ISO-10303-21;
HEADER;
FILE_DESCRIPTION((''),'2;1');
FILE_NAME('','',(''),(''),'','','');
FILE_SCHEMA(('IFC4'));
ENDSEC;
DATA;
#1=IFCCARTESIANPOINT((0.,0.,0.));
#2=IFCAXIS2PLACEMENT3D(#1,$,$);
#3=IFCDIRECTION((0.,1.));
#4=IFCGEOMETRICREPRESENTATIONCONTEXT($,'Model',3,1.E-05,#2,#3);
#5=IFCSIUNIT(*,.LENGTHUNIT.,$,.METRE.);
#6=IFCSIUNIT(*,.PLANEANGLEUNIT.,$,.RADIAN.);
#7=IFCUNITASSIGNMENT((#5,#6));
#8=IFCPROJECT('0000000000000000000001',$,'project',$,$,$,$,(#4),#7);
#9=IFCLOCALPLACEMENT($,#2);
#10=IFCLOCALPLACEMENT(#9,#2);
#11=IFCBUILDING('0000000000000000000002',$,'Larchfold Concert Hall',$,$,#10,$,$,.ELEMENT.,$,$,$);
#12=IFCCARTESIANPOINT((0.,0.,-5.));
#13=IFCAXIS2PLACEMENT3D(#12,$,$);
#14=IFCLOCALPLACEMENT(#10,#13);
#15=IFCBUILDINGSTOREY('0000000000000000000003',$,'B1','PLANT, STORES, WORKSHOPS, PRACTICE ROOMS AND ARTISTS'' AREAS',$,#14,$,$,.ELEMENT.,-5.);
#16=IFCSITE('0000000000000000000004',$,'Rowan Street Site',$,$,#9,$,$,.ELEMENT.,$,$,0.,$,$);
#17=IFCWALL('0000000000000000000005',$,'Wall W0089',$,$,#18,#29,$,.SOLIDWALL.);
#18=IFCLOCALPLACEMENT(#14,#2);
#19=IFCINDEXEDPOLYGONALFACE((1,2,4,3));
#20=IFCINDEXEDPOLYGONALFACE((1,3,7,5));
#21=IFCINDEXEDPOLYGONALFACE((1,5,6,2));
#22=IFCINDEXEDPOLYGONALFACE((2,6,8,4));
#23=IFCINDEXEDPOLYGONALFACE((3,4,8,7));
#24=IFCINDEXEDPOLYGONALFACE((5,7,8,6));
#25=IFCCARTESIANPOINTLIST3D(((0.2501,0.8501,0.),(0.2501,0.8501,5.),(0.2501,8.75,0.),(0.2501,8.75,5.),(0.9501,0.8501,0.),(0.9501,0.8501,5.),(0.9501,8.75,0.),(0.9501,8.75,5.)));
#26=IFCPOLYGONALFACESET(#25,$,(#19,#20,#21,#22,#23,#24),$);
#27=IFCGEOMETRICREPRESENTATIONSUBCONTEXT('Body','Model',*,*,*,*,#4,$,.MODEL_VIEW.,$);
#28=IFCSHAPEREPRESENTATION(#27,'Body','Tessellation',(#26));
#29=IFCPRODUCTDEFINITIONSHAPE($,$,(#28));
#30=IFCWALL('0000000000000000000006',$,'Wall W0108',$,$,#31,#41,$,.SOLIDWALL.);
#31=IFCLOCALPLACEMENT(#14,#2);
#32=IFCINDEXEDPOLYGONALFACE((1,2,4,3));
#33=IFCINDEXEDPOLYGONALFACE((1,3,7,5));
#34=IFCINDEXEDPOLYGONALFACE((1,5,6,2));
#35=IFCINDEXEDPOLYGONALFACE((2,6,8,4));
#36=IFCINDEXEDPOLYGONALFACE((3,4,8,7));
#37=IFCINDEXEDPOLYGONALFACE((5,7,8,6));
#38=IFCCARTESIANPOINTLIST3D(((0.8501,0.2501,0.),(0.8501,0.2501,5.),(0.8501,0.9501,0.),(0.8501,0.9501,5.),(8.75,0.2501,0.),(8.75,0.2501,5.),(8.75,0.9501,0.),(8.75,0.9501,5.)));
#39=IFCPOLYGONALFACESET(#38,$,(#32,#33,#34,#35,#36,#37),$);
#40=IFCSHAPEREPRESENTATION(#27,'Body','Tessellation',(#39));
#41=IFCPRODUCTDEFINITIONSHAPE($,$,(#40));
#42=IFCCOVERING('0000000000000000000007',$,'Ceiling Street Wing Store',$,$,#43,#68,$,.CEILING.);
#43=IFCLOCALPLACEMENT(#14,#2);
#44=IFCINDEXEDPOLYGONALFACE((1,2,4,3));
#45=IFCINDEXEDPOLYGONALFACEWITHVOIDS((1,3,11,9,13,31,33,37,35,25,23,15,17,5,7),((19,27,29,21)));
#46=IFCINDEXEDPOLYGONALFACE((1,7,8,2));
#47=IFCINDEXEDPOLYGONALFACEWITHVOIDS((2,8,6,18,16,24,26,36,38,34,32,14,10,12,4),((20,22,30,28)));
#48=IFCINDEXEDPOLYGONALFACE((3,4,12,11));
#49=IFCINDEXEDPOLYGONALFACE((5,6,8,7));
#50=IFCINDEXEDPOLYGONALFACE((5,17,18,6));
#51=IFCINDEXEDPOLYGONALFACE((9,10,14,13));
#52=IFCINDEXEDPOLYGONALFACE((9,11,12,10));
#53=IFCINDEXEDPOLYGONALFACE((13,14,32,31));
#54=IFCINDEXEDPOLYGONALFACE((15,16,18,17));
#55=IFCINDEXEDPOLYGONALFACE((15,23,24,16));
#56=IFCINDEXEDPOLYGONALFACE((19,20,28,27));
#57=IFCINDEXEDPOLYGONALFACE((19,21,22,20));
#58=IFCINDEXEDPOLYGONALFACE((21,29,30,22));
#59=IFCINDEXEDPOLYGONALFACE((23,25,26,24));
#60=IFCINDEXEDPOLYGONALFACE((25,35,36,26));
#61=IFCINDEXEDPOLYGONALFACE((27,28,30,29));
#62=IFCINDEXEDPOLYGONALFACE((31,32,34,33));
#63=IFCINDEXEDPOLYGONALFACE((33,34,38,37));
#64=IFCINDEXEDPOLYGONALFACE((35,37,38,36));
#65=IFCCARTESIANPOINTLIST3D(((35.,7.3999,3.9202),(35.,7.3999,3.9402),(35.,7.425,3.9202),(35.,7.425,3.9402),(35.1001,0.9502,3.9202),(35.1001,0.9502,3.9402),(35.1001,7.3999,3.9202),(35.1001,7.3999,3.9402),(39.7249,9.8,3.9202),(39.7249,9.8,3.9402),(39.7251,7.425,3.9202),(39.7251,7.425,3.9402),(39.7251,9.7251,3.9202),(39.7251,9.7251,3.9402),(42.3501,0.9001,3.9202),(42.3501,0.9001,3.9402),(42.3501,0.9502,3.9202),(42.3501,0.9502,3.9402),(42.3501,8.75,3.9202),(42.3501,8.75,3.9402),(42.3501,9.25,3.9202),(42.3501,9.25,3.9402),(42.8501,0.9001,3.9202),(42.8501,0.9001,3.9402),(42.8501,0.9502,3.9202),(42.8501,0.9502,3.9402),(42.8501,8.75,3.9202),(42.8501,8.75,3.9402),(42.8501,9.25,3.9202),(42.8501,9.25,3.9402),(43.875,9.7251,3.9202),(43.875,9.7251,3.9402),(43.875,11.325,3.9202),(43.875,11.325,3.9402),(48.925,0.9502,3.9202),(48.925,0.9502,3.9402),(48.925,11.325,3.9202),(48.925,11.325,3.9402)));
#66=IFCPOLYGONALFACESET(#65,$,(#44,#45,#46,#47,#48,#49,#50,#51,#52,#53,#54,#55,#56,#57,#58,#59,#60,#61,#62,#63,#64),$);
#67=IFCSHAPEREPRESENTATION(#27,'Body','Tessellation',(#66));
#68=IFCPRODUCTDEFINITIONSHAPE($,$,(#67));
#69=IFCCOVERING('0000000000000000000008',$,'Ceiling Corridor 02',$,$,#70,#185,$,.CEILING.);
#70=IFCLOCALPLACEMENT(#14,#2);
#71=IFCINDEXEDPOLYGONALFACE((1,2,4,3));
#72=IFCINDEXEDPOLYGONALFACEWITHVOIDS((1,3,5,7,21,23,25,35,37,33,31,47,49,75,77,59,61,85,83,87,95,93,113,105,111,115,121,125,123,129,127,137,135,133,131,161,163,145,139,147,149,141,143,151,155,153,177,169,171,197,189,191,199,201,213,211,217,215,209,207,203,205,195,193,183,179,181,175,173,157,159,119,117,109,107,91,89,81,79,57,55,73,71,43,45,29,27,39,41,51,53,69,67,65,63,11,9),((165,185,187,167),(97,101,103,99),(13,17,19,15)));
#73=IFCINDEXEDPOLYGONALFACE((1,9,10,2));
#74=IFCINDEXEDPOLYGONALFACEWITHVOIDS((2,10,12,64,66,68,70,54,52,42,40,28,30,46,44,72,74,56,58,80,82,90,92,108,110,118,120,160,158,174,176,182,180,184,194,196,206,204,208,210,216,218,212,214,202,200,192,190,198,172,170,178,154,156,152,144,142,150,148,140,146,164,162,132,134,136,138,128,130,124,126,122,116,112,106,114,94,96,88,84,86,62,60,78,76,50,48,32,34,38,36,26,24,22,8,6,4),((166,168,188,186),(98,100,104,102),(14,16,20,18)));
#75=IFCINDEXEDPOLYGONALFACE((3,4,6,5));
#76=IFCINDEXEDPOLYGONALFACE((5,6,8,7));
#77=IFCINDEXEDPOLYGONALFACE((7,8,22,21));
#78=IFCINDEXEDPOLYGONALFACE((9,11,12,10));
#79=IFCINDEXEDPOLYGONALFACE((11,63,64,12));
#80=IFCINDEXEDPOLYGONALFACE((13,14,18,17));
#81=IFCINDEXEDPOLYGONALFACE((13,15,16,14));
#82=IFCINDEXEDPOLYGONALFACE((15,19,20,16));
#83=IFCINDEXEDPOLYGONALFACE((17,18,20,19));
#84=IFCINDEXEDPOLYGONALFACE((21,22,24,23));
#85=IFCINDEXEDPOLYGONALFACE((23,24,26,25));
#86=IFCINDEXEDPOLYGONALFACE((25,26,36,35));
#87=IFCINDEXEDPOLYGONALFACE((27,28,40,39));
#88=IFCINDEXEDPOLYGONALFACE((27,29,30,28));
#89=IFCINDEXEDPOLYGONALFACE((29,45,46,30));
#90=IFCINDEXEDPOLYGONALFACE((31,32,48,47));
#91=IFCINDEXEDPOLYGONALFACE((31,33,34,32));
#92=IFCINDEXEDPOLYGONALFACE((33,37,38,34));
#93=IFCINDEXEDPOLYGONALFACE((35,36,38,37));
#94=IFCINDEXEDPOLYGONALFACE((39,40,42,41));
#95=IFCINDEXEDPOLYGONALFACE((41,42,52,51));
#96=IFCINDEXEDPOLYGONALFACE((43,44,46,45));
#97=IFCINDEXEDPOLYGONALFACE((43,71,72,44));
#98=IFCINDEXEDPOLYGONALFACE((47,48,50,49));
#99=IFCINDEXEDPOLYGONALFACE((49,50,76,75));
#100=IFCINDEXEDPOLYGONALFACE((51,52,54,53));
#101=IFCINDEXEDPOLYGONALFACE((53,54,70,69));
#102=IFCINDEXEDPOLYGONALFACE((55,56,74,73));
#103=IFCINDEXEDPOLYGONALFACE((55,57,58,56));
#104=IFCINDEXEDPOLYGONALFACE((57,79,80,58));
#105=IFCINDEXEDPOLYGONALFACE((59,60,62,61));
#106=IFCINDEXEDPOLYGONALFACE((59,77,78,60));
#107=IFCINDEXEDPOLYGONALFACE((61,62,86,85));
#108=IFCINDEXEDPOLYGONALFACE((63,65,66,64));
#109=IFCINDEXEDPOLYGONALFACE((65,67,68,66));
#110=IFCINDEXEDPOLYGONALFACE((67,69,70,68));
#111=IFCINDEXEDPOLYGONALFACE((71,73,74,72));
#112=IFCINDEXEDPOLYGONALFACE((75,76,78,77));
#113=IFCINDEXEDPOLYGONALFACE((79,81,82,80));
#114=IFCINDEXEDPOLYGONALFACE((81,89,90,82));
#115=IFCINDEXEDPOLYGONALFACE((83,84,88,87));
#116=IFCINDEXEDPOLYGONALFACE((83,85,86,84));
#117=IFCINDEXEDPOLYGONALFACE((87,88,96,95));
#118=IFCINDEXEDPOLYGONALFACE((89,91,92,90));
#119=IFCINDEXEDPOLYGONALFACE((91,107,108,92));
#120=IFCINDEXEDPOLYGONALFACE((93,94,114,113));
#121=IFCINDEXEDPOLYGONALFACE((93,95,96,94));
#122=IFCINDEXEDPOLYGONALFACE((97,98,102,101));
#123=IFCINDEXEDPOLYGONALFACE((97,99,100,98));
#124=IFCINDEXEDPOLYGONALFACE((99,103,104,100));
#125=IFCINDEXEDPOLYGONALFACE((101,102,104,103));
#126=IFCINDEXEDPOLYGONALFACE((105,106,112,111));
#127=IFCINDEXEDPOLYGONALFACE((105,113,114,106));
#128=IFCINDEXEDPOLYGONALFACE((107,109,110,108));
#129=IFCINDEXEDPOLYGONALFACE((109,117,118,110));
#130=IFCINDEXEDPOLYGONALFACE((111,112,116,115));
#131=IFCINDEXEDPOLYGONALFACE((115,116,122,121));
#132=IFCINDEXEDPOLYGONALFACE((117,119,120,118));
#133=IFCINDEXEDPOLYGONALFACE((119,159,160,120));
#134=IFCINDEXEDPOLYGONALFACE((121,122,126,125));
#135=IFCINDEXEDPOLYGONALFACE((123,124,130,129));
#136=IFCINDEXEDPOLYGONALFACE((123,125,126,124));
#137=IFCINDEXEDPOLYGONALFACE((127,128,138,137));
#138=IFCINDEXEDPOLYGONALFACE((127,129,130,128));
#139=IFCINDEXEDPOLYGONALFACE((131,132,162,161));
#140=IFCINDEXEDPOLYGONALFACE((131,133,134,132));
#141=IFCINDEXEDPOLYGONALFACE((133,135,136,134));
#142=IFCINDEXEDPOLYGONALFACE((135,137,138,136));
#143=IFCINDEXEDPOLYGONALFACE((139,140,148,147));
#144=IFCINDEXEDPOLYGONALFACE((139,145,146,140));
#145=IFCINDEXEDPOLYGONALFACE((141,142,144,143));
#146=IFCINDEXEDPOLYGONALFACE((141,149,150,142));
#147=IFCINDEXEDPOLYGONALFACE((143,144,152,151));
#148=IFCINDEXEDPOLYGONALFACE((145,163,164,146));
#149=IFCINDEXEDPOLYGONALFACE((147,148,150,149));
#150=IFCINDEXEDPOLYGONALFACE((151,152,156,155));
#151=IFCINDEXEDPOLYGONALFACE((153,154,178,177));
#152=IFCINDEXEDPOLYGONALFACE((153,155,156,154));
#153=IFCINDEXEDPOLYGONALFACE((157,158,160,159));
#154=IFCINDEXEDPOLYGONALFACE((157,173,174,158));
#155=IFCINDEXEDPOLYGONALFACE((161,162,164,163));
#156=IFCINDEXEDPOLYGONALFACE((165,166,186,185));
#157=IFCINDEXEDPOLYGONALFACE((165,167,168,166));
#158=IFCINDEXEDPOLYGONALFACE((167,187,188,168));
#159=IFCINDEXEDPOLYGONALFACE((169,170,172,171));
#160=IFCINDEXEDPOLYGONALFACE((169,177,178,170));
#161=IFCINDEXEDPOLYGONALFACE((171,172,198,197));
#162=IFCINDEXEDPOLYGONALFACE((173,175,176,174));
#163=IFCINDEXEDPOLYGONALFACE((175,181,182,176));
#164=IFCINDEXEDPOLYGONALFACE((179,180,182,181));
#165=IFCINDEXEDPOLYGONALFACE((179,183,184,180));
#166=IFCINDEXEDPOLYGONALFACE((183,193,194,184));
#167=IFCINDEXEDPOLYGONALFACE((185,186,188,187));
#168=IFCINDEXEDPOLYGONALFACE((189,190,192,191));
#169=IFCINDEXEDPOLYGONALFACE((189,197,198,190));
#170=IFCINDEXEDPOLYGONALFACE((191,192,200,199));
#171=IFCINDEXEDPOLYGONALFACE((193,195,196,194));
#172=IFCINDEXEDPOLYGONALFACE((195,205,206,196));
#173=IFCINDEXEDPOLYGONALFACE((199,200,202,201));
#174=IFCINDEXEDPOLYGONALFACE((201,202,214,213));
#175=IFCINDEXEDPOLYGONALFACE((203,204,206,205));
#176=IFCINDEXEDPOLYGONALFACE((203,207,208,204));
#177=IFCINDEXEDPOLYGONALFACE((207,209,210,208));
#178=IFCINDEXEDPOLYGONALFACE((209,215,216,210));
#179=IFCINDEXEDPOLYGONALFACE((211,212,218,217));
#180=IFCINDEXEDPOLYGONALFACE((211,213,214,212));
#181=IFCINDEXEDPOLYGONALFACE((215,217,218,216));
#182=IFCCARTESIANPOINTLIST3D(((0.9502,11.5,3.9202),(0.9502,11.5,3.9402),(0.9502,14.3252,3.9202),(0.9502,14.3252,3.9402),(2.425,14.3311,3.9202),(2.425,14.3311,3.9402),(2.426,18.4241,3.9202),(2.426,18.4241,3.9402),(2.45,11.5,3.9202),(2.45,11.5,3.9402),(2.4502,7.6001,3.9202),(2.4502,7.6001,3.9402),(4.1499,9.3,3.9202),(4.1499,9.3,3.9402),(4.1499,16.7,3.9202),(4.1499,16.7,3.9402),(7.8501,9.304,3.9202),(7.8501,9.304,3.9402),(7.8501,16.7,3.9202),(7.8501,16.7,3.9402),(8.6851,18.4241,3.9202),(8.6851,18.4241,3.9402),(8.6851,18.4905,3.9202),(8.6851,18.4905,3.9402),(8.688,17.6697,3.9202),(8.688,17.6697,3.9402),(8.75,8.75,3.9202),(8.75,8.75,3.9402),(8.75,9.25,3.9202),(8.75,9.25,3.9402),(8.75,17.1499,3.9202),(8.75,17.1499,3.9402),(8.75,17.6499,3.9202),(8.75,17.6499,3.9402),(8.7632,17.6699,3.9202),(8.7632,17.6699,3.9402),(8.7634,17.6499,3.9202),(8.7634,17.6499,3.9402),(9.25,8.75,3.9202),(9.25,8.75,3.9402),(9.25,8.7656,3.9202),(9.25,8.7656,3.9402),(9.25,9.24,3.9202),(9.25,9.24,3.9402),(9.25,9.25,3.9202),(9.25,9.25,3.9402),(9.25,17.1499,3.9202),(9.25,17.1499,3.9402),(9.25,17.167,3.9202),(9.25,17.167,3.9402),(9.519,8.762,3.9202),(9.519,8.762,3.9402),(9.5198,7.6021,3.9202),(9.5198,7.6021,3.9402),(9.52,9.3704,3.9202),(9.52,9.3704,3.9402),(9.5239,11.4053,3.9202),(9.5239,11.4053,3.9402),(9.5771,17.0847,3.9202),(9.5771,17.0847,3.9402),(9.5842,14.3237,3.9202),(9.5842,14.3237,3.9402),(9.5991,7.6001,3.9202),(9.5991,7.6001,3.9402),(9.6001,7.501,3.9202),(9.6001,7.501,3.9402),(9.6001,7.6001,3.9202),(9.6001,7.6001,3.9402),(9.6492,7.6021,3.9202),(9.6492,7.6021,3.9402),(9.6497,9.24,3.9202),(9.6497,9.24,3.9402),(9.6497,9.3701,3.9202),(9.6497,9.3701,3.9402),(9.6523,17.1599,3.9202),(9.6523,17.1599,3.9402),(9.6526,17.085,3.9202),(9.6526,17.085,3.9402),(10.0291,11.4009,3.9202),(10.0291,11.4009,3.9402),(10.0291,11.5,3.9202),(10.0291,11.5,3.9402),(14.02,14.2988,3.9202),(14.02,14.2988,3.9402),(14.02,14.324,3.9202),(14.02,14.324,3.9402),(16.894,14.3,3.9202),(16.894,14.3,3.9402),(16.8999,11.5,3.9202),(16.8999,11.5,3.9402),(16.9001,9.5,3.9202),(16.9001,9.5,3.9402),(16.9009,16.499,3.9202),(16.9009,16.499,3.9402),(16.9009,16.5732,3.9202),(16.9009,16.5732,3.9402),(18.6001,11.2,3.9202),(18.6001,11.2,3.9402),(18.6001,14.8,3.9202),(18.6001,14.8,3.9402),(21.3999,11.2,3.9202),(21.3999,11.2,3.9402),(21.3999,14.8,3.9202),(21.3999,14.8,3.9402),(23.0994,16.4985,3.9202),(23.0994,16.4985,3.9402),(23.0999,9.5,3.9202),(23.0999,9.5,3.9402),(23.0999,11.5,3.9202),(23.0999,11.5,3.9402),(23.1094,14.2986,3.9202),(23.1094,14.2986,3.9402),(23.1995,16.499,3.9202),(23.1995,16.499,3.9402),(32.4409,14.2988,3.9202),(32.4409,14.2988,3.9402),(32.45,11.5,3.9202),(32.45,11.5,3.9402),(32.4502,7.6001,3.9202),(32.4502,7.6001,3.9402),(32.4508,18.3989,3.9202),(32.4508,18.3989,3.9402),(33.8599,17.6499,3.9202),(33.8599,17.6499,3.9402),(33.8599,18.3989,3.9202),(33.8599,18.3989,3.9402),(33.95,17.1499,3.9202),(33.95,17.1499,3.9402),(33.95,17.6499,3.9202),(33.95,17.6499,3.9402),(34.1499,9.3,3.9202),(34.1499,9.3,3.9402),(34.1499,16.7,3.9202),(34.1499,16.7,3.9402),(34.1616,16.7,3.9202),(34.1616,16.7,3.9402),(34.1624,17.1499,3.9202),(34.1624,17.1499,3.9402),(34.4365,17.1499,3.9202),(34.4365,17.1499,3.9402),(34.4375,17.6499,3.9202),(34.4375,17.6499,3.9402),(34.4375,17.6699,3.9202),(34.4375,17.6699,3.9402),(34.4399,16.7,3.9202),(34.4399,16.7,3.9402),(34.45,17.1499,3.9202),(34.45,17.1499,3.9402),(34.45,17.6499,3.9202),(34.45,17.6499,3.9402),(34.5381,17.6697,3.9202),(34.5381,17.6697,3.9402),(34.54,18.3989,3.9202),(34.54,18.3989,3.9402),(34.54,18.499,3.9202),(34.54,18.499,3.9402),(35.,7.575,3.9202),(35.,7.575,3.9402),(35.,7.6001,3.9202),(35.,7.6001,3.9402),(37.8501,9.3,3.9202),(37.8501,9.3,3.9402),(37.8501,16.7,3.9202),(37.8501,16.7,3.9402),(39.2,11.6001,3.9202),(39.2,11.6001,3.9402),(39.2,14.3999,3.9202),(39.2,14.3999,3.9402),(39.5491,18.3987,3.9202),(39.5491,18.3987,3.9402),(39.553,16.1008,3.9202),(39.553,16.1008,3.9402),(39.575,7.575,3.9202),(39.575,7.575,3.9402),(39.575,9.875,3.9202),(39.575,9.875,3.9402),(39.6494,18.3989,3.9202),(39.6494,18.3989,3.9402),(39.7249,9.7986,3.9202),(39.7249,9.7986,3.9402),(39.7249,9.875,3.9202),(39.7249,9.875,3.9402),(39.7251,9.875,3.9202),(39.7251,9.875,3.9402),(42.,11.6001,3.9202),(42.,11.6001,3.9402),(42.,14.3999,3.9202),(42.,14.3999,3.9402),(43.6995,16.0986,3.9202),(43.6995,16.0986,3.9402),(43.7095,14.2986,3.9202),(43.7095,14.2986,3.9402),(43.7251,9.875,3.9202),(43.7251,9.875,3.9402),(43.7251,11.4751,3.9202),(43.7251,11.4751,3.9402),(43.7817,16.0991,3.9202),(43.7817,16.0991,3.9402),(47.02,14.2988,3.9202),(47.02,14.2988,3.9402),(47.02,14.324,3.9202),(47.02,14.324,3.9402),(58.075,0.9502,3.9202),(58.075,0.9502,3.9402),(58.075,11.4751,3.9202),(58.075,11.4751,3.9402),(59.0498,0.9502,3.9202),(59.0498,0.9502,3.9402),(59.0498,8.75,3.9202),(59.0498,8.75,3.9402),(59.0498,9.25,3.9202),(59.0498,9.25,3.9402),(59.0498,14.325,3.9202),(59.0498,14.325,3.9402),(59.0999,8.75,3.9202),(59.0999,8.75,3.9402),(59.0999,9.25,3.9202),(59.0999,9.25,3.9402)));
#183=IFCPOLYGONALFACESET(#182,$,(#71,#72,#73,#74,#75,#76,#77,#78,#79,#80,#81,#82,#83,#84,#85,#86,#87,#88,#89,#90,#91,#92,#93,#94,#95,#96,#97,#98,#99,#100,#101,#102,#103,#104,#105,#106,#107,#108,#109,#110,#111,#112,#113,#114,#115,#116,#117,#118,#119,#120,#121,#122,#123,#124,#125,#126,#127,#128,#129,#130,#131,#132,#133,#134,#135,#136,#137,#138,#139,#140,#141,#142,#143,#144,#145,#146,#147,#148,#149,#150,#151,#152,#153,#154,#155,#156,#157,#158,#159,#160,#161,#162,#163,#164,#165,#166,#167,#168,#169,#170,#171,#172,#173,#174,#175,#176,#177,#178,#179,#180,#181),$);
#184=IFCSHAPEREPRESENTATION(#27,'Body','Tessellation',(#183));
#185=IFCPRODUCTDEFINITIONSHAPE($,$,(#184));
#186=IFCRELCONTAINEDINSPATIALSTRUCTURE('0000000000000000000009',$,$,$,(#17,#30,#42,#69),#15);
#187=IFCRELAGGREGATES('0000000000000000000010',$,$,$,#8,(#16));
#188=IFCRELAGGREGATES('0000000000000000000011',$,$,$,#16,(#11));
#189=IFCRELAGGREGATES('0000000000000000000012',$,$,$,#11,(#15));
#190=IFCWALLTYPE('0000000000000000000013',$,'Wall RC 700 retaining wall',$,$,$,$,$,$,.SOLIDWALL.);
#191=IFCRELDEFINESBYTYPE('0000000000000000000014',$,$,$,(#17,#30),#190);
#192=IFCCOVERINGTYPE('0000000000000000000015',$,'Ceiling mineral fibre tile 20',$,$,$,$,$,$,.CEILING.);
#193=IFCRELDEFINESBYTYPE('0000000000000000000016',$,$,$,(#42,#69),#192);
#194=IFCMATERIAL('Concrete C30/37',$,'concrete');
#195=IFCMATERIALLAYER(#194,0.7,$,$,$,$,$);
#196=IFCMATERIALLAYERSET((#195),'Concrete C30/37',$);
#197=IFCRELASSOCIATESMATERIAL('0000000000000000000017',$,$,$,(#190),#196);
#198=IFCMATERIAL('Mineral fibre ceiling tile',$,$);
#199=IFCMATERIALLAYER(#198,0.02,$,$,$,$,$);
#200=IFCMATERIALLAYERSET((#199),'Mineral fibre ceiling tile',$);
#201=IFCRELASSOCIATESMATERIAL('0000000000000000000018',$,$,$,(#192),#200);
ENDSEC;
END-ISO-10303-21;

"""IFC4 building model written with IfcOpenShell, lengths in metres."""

from ifc_helpers import new_model, si_unit, direction, frame, frame_2d, origin, place, context, subcontext, project, spatial, polyline, rectangle, outline, extrude, material, layer, layer_set, type_object, element, save


model = new_model("IFC4")

# Units and contexts
model_context = context("Model", 3, precision=1e-05, world=origin(), true_north=direction((0.0, 1.0)))
body_context = subcontext(model_context, "Body", "Model", "MODEL_VIEW")
ifc_project = project(units=[si_unit("LENGTHUNIT", "METRE"), si_unit("PLANEANGLEUNIT", "RADIAN")], contexts=[model_context])

# Site, building, storey
site_placement = place(None, origin())
site = spatial("IfcSite", under=ifc_project, at=site_placement, Name="Rowan Street Site", CompositionType="ELEMENT", RefElevation=0.0)
building_placement = place(site_placement, origin())
building = spatial("IfcBuilding", under=site, at=building_placement, Name="Larchfold Concert Hall", CompositionType="ELEMENT")
storey_placement = place(building_placement, frame((0.0, 0.0, -5.0)))
storey = spatial("IfcBuildingStorey", under=building, at=storey_placement, Name="B1", Description="PLANT, STORES, WORKSHOPS, PRACTICE ROOMS AND ARTISTS' AREAS", CompositionType="ELEMENT", Elevation=-5.0)

# Walls
ifc_material_1 = material(Name="Concrete C30/37", Category="concrete")
ifc_layer_1 = layer(ifc_material_1, 0.7)
ifc_layer_set_1 = layer_set([ifc_layer_1], Name="Concrete C30/37")
wall_type_1 = type_object("IfcWallType", Name="Wall RC 700 retaining wall", PredefinedType="SOLIDWALL", material=ifc_layer_set_1)
for number, where, z_axis, x_axis, name in (
    (1, (0.6001, 0.8501, 0.0), (0.0, 0.0, 1.0), (0.0, 1.0, 0.0), "Wall W0089"),
    (2, (8.75, 0.6001, 0.0), (0.0, 0.0, 1.0), (-1.0, 0.0, 0.0), "Wall W0108"),
):
    element("IfcWall", number, at=place(storey_placement, frame(where, z_axis=z_axis, x_axis=x_axis)), inside=storey, type_object=wall_type_1, Name=name, PredefinedType="SOLIDWALL", context=body_context, shape_type="SweptSolid", body=[
        extrude(rectangle(XDim=7.8999, YDim=0.7, at=frame_2d((3.95, 0.0))), origin(), (0.0, 0.0, 1.0), 5.0),
    ])

# Coverings
ifc_material_2 = material(Name="Mineral fibre ceiling tile")
ifc_layer_2 = layer(ifc_material_2, 0.02)
ifc_layer_set_2 = layer_set([ifc_layer_2], Name="Mineral fibre ceiling tile")
covering_type_1 = type_object("IfcCoveringType", Name="Ceiling mineral fibre tile 20", PredefinedType="CEILING", material=ifc_layer_set_2)
covering_1_placement = place(storey_placement, frame((0.0, 0.0, 3.9202)))
element("IfcCovering", 3, at=covering_1_placement, inside=storey, type_object=covering_type_1, Name="Ceiling Street Wing Store", PredefinedType="CEILING", context=body_context, shape_type="SweptSolid", body=[
    extrude(outline(polyline([(39.7249, 9.8), (39.7251, 7.425), (35.0, 7.425), (35.0, 7.3999), (35.1001, 7.3999), (35.1001, 0.9502), (42.3501, 0.9502), (42.3501, 0.9001), (42.8501, 0.9001), (42.8501, 0.9502), (48.925, 0.9502), (48.925, 11.325), (43.875, 11.325), (43.875, 9.7251), (39.7251, 9.7251), (39.7249, 9.8)]), holes=[polyline([(42.8501, 9.25), (42.8501, 8.75), (42.3501, 8.75), (42.3501, 9.25), (42.8501, 9.25)])]), origin(), (0.0, 0.0, 1.0), 0.02),
])
covering_2_placement = place(storey_placement, frame((0.0, 0.0, 3.9202)))
element("IfcCovering", 4, at=covering_2_placement, inside=storey, type_object=covering_type_1, Name="Ceiling Corridor 02", PredefinedType="CEILING", context=body_context, shape_type="SweptSolid", body=[
    extrude(outline(polyline([(0.9502, 14.3252), (0.9502, 11.5), (2.45, 11.5), (2.4502, 7.6001), (9.5991, 7.6001), (9.6001, 7.501), (9.6001, 7.6001), (9.6492, 7.6021), (9.5198, 7.6021), (9.519, 8.762), (9.25, 8.7656), (9.25, 8.75), (8.75, 8.75), (8.75, 9.25), (9.25, 9.25), (9.25, 9.24), (9.6497, 9.24), (9.6497, 9.3701), (9.52, 9.3704), (9.5239, 11.4053), (10.0291, 11.4009), (10.0291, 11.5), (16.8999, 11.5), (16.9001, 9.5), (23.0999, 9.5), (23.0999, 11.5), (32.45, 11.5), (32.4502, 7.6001), (35.0, 7.6001), (35.0, 7.575), (39.575, 7.575), (39.575, 9.875), (39.7249, 9.875), (39.7249, 9.7986), (39.7251, 9.875), (43.7251, 9.875), (43.7251, 11.4751), (58.075, 11.4751), (58.075, 0.9502), (59.0498, 0.9502), (59.0498, 8.75), (59.0999, 8.75), (59.0999, 9.25), (59.0498, 9.25), (59.0498, 14.325), (47.02, 14.324), (47.02, 14.2988), (43.7095, 14.2986), (43.6995, 16.0986), (43.7817, 16.0991), (39.553, 16.1008), (39.5491, 18.3987), (39.6494, 18.3989), (34.54, 18.3989), (34.54, 18.499), (34.5381, 17.6697), (34.4375, 17.6699), (34.4375, 17.6499), (34.45, 17.6499), (34.45, 17.1499), (34.4365, 17.1499), (34.4399, 16.7), (37.8501, 16.7), (37.8501, 9.3), (34.1499, 9.3), (34.1499, 16.7), (34.1616, 16.7), (34.1624, 17.1499), (33.95, 17.1499), (33.95, 17.6499), (33.8599, 17.6499), (33.8599, 18.3989), (32.4509, 18.3989), (32.4509, 18.439), (32.4409, 14.2988), (23.1094, 14.2986), (23.0994, 16.4985), (23.1995, 16.499), (16.9009, 16.499), (16.9009, 16.5732), (16.894, 14.3), (14.02, 14.2988), (14.02, 14.324), (9.5842, 14.3237), (9.5771, 17.0847), (9.6526, 17.085), (9.6523, 17.1599), (9.25, 17.167), (9.25, 17.1499), (8.75, 17.1499), (8.75, 17.6499), (8.7634, 17.6499), (8.7632, 17.6699), (8.688, 17.6697), (8.6851, 18.4905), (8.6851, 18.4241), (2.426, 18.4241), (2.425, 14.3311), (0.9502, 14.3252)]), holes=[polyline([(42.0, 11.6001), (39.2, 11.6001), (39.2, 14.3999), (42.0, 14.3999), (42.0, 11.6001)]), polyline([(21.3999, 11.2), (18.6001, 11.2), (18.6001, 14.8), (21.3999, 14.8), (21.3999, 11.2)]), polyline([(7.8501, 9.304), (4.1499, 9.3), (4.1499, 16.7), (7.8501, 16.7), (7.8501, 9.304)])]), origin(), (0.0, 0.0, 1.0), 0.02),
])

save(model, "model.ifc")
